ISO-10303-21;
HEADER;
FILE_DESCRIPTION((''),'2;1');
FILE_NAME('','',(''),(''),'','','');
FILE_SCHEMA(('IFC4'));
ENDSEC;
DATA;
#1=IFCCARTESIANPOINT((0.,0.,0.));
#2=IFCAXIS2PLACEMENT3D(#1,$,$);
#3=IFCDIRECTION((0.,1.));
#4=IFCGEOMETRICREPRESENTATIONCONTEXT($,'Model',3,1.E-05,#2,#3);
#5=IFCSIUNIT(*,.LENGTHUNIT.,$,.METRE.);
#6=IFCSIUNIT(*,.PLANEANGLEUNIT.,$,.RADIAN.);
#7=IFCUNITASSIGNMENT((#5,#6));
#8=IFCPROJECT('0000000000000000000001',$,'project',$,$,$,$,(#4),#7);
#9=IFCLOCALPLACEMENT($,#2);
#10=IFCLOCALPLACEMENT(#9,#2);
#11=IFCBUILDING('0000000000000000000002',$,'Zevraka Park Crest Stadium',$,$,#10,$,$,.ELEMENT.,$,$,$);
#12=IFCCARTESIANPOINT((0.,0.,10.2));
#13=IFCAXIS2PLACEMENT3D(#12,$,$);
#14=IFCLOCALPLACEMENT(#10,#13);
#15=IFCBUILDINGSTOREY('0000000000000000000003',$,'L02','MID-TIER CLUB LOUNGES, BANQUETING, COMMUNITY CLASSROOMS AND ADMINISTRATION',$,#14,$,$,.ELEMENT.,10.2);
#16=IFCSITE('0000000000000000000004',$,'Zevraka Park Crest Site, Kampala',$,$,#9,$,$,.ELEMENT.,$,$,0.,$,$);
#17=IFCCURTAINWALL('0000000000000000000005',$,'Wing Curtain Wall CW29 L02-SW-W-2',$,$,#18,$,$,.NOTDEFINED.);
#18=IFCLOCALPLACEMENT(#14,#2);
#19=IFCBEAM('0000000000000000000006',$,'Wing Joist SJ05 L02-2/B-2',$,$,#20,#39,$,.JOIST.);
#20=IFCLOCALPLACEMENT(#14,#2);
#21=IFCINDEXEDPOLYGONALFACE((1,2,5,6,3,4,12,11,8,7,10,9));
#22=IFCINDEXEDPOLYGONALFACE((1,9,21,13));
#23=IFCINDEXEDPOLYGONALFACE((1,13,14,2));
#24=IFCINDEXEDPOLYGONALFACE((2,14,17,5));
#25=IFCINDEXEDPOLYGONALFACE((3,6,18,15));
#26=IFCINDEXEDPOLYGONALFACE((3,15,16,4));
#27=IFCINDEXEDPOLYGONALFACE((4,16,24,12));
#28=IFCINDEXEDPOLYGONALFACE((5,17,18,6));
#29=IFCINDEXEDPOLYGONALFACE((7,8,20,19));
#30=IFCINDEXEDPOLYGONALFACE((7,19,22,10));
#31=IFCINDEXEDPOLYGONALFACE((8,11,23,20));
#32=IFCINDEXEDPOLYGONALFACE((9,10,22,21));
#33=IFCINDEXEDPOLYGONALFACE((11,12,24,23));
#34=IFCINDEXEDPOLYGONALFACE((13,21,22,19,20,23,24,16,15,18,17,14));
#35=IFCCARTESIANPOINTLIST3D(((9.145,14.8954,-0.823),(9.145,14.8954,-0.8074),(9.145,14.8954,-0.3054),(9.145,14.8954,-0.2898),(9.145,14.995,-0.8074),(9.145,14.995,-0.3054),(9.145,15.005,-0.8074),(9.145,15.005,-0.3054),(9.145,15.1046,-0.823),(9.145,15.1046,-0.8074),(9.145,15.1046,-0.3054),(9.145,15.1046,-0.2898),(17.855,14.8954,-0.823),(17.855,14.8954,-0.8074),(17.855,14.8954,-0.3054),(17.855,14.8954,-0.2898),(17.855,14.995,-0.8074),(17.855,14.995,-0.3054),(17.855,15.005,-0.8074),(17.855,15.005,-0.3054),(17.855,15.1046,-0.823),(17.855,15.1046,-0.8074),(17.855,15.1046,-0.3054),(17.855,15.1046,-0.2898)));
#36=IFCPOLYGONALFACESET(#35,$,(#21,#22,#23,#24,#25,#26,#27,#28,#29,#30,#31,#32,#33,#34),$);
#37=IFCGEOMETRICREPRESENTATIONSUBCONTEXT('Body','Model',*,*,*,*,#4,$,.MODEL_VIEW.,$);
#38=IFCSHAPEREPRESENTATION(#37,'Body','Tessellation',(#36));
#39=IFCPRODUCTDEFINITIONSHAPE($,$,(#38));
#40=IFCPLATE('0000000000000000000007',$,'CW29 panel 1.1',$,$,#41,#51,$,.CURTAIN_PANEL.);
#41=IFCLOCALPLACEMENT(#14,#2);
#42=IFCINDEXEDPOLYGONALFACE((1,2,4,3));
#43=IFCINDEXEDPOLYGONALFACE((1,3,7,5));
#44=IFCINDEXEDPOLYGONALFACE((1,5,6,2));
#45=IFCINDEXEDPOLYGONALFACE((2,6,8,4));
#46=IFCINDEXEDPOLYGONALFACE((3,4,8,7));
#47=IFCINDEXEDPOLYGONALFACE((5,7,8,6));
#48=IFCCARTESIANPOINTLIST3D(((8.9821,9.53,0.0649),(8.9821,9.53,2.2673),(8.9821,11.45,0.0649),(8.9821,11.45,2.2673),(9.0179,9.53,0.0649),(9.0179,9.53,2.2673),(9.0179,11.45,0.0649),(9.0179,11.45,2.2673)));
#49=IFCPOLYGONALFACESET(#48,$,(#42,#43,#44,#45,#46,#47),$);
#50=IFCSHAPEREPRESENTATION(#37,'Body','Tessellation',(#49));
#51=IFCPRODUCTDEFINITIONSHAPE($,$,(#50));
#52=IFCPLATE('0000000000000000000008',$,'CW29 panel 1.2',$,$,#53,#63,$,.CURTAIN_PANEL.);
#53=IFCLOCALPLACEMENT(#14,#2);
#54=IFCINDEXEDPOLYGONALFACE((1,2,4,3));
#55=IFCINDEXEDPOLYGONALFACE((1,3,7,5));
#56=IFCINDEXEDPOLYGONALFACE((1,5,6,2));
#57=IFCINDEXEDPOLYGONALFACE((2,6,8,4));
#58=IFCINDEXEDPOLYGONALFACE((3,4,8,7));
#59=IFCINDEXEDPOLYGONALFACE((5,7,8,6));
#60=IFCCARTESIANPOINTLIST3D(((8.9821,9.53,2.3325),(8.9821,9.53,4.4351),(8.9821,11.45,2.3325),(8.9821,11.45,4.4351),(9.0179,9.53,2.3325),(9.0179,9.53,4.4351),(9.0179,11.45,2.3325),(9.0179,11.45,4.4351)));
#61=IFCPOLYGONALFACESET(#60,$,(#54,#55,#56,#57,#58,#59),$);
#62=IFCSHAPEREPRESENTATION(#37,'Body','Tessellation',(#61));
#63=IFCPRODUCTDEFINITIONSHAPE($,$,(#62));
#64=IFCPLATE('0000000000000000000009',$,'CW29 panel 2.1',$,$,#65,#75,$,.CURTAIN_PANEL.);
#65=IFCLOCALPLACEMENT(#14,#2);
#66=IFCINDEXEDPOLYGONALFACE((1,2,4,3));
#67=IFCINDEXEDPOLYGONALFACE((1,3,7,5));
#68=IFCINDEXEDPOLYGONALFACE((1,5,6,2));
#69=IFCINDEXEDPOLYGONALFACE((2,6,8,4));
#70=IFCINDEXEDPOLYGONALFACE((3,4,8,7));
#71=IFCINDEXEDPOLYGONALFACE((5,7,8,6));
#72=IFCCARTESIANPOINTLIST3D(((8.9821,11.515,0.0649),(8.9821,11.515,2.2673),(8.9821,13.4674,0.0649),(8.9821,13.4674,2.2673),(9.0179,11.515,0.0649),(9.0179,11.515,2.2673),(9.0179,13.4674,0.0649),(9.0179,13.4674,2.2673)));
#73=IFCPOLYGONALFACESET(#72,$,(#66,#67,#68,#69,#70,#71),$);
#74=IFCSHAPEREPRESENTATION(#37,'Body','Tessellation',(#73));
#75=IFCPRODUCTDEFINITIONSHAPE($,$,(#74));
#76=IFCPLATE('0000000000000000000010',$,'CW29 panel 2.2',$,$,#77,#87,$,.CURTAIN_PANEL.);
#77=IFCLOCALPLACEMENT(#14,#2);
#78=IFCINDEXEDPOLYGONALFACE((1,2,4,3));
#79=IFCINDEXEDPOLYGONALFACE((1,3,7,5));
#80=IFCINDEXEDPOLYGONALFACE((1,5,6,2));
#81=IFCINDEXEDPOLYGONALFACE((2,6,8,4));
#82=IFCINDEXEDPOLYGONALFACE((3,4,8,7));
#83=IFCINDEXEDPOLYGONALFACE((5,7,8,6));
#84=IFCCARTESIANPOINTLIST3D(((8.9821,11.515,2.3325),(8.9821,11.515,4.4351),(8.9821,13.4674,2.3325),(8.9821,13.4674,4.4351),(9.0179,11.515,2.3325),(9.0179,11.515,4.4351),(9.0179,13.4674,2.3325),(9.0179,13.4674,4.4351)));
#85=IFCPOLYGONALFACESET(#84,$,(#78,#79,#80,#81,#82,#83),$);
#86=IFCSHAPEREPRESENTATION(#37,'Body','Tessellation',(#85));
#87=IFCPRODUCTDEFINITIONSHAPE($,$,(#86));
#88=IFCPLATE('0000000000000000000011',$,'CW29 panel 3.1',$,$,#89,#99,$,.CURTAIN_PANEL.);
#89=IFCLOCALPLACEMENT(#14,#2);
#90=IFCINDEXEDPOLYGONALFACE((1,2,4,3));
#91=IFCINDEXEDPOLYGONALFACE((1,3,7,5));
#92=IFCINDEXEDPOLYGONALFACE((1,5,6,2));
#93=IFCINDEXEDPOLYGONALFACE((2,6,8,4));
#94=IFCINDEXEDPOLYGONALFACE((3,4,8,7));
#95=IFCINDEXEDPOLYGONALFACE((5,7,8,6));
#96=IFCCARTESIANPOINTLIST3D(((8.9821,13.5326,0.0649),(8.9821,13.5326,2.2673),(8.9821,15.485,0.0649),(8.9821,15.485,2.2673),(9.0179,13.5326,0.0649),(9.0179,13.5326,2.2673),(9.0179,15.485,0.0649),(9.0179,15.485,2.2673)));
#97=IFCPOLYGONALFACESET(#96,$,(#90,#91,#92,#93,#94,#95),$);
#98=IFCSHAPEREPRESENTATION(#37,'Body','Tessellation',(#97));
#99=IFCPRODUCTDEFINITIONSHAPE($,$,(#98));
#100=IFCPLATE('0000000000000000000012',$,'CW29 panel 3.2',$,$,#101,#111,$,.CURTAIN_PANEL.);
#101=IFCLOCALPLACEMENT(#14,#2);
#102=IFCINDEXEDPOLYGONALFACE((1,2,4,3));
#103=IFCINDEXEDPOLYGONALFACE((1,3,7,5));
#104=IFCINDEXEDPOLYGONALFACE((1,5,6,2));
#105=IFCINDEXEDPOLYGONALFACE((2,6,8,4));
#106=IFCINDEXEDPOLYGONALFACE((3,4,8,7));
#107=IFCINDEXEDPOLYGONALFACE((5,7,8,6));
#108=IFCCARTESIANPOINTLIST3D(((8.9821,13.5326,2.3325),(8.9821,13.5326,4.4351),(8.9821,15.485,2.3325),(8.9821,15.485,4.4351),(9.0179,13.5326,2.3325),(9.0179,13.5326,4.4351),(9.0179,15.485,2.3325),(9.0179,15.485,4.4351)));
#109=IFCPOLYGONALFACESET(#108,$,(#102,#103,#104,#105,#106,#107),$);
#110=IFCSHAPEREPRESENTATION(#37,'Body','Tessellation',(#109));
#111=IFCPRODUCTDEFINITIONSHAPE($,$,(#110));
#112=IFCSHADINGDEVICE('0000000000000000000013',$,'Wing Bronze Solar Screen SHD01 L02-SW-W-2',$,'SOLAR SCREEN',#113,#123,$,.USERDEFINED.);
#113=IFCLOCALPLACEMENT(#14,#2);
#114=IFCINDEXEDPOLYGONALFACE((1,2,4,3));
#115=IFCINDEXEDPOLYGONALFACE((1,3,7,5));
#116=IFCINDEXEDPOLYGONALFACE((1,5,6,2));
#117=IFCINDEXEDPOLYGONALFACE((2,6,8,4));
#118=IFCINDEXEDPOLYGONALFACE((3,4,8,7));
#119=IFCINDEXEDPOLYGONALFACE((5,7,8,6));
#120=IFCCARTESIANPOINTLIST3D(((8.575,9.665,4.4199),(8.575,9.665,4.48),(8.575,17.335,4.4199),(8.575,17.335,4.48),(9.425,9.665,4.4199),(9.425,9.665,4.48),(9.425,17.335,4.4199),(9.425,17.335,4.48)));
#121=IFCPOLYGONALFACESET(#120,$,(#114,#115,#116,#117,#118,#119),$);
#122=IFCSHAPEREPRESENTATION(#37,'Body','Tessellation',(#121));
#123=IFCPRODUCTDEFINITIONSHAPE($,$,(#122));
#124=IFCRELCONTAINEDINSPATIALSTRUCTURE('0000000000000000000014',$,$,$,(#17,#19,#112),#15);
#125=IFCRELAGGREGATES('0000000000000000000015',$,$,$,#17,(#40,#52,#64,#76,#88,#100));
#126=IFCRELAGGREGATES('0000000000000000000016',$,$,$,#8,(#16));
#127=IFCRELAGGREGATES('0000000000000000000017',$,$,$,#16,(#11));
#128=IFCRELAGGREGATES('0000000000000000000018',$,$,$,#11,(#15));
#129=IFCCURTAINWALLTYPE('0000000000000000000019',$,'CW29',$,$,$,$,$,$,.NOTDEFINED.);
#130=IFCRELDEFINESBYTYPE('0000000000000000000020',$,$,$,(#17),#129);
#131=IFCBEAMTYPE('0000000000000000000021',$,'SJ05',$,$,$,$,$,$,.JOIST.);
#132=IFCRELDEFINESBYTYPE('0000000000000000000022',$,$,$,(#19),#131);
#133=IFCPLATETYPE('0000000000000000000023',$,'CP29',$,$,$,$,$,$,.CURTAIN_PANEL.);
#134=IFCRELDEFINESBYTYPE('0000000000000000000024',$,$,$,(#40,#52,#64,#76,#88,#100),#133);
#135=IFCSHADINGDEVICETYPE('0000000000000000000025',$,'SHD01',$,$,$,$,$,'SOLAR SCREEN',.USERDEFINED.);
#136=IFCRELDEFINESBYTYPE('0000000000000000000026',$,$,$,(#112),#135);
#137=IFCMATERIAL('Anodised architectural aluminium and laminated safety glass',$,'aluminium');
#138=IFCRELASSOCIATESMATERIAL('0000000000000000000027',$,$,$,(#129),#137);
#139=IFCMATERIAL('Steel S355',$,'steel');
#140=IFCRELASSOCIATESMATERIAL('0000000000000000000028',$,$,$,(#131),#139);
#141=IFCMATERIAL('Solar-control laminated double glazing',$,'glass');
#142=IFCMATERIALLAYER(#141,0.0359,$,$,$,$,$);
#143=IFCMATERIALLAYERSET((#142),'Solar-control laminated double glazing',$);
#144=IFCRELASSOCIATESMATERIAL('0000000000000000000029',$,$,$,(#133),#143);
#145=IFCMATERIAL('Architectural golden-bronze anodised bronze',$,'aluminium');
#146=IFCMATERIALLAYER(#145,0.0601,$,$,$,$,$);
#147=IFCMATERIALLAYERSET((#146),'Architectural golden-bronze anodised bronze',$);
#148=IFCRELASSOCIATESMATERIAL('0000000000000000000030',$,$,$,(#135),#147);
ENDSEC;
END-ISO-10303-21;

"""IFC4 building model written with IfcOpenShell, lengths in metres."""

from ifc_helpers import new_model, si_unit, direction, frame, origin, origin_2d, place, context, subcontext, project, spatial, rectangle, i_section, extrude, material, layer, layer_set, material_profile, profile_set, type_object, element, aggregate, save


model = new_model("IFC4")

# Units and contexts
model_context = context("Model", 3, precision=1e-05, world=origin(), true_north=direction((0.0, 1.0)))
body_context = subcontext(model_context, "Body", "Model", "MODEL_VIEW")
ifc_project = project(units=[si_unit("LENGTHUNIT", "METRE"), si_unit("PLANEANGLEUNIT", "RADIAN")], contexts=[model_context])

# Site, building, storey
site_placement = place(None, origin())
site = spatial("IfcSite", under=ifc_project, at=site_placement, Name="Zevraka Park Crest Site, Kampala", CompositionType="ELEMENT", RefElevation=0.0)
building_placement = place(site_placement, origin())
building = spatial("IfcBuilding", under=site, at=building_placement, Name="Zevraka Park Crest Stadium", CompositionType="ELEMENT")
storey_placement = place(building_placement, frame((0.0, 0.0, 10.2)))
storey = spatial("IfcBuildingStorey", under=building, at=storey_placement, Name="L02", Description="MID-TIER CLUB LOUNGES, BANQUETING, COMMUNITY CLASSROOMS AND ADMINISTRATION", CompositionType="ELEMENT", Elevation=10.2)

# Curtain wall
ifc_material_1 = material(Name="Anodised architectural aluminium and laminated safety glass", Category="aluminium")
curtain_wall_type = type_object("IfcCurtainWallType", Name="CW29", PredefinedType="NOTDEFINED", material=ifc_material_1)
curtain_wall_placement = place(storey_placement, origin())
curtain_wall = element("IfcCurtainWall", 1, at=curtain_wall_placement, inside=storey, type_object=curtain_wall_type, Name="Wing Curtain Wall CW29 L02-SW-W-2", PredefinedType="NOTDEFINED")

# Beam
ifc_material_2 = material(Name="Steel S355", Category="steel")
ifc_material_profile_1 = material_profile(ifc_material_2, i_section(OverallWidth=0.2092, OverallDepth=0.5332, WebThickness=0.01, FlangeThickness=0.0156, at=origin_2d()), Name="UKB 533x210x92")
ifc_profile_set_1 = profile_set([ifc_material_profile_1], Name="Steel S355")
beam_type = type_object("IfcBeamType", Name="SJ05", PredefinedType="JOIST", material=ifc_profile_set_1)
for number, where, z_axis, x_axis, name in (
    (2, (9.145, 15.0, -0.5564), (1.0, 0.0, 0.0), (0.0, 1.0, 0.0), "Wing Joist SJ05 L02-2/B-2"),
):
    element("IfcBeam", number, at=place(storey_placement, frame(where, z_axis=z_axis, x_axis=x_axis)), inside=storey, type_object=beam_type, Name=name, PredefinedType="JOIST", context=body_context, shape_type="SweptSolid", body=[
        extrude(i_section(OverallWidth=0.2092, OverallDepth=0.5332, WebThickness=0.01, FlangeThickness=0.0156, at=origin_2d()), origin(), (0.0, 0.0, 1.0), 8.71),
    ])

# Plates
ifc_material_3 = material(Name="Solar-control laminated double glazing", Category="glass")
ifc_layer_1 = layer(ifc_material_3, 0.0359)
ifc_layer_set_1 = layer_set([ifc_layer_1], Name="Solar-control laminated double glazing")
plate_type = type_object("IfcPlateType", Name="CP29", PredefinedType="CURTAIN_PANEL", material=ifc_layer_set_1)
plate_1_placement = place(storey_placement, frame((9.0, 10.49, 0.0649), z_axis=(0.0, 0.0, 1.0), x_axis=(0.0, 1.0, 0.0)))
plate_1 = element("IfcPlate", 3, at=plate_1_placement, type_object=plate_type, Name="CW29 panel 1.1", PredefinedType="CURTAIN_PANEL", context=body_context, shape_type="SweptSolid", body=[
    extrude(rectangle(XDim=1.9199, YDim=0.0359, at=origin_2d()), origin(), (0.0, 0.0, 1.0), 2.2024),
])
plate_2_placement = place(storey_placement, frame((9.0, 10.49, 2.3325), z_axis=(0.0, 0.0, 1.0), x_axis=(0.0, 1.0, 0.0)))
plate_2 = element("IfcPlate", 4, at=plate_2_placement, type_object=plate_type, Name="CW29 panel 1.2", PredefinedType="CURTAIN_PANEL", context=body_context, shape_type="SweptSolid", body=[
    extrude(rectangle(XDim=1.9199, YDim=0.0359, at=origin_2d()), origin(), (0.0, 0.0, 1.0), 2.1025),
])
plate_3_placement = place(storey_placement, frame((9.0, 12.4912, 0.0649), z_axis=(0.0, 0.0, 1.0), x_axis=(0.0, 1.0, 0.0)))
plate_3 = element("IfcPlate", 5, at=plate_3_placement, type_object=plate_type, Name="CW29 panel 2.1", PredefinedType="CURTAIN_PANEL", context=body_context, shape_type="SweptSolid", body=[
    extrude(rectangle(XDim=1.9524, YDim=0.0359, at=origin_2d()), origin(), (0.0, 0.0, 1.0), 2.2024),
])
plate_4_placement = place(storey_placement, frame((9.0, 12.4912, 2.3325), z_axis=(0.0, 0.0, 1.0), x_axis=(0.0, 1.0, 0.0)))
plate_4 = element("IfcPlate", 6, at=plate_4_placement, type_object=plate_type, Name="CW29 panel 2.2", PredefinedType="CURTAIN_PANEL", context=body_context, shape_type="SweptSolid", body=[
    extrude(rectangle(XDim=1.9524, YDim=0.0359, at=origin_2d()), origin(), (0.0, 0.0, 1.0), 2.1025),
])
plate_5_placement = place(storey_placement, frame((9.0, 14.5088, 0.0649), z_axis=(0.0, 0.0, 1.0), x_axis=(0.0, 1.0, 0.0)))
plate_5 = element("IfcPlate", 7, at=plate_5_placement, type_object=plate_type, Name="CW29 panel 3.1", PredefinedType="CURTAIN_PANEL", context=body_context, shape_type="SweptSolid", body=[
    extrude(rectangle(XDim=1.9524, YDim=0.0359, at=origin_2d()), origin(), (0.0, 0.0, 1.0), 2.2024),
])
plate_6_placement = place(storey_placement, frame((9.0, 14.5088, 2.3325), z_axis=(0.0, 0.0, 1.0), x_axis=(0.0, 1.0, 0.0)))
plate_6 = element("IfcPlate", 8, at=plate_6_placement, type_object=plate_type, Name="CW29 panel 3.2", PredefinedType="CURTAIN_PANEL", context=body_context, shape_type="SweptSolid", body=[
    extrude(rectangle(XDim=1.9524, YDim=0.0359, at=origin_2d()), origin(), (0.0, 0.0, 1.0), 2.1025),
])
aggregate(curtain_wall, [plate_1, plate_2, plate_3, plate_4, plate_5, plate_6])

# Shading device
ifc_material_4 = material(Name="Architectural golden-bronze anodised bronze", Category="aluminium")
ifc_layer_2 = layer(ifc_material_4, 0.0601)
ifc_layer_set_2 = layer_set([ifc_layer_2], Name="Architectural golden-bronze anodised bronze")
shading_device_type = type_object("IfcShadingDeviceType", Name="SHD01", ElementType="SOLAR SCREEN", PredefinedType="USERDEFINED", material=ifc_layer_set_2)
shading_device_placement = place(storey_placement, frame((9.0, 13.5, 4.4199), z_axis=(0.0, 0.0, 1.0), x_axis=(0.0, 1.0, 0.0)))
element("IfcShadingDevice", 9, at=shading_device_placement, inside=storey, type_object=shading_device_type, Name="Wing Bronze Solar Screen SHD01 L02-SW-W-2", ObjectType="SOLAR SCREEN", PredefinedType="USERDEFINED", context=body_context, shape_type="SweptSolid", body=[
    extrude(rectangle(XDim=7.6699, YDim=0.8501, at=origin_2d()), origin(), (0.0, 0.0, 1.0), 0.0601),
])

save(model, "model.ifc")
